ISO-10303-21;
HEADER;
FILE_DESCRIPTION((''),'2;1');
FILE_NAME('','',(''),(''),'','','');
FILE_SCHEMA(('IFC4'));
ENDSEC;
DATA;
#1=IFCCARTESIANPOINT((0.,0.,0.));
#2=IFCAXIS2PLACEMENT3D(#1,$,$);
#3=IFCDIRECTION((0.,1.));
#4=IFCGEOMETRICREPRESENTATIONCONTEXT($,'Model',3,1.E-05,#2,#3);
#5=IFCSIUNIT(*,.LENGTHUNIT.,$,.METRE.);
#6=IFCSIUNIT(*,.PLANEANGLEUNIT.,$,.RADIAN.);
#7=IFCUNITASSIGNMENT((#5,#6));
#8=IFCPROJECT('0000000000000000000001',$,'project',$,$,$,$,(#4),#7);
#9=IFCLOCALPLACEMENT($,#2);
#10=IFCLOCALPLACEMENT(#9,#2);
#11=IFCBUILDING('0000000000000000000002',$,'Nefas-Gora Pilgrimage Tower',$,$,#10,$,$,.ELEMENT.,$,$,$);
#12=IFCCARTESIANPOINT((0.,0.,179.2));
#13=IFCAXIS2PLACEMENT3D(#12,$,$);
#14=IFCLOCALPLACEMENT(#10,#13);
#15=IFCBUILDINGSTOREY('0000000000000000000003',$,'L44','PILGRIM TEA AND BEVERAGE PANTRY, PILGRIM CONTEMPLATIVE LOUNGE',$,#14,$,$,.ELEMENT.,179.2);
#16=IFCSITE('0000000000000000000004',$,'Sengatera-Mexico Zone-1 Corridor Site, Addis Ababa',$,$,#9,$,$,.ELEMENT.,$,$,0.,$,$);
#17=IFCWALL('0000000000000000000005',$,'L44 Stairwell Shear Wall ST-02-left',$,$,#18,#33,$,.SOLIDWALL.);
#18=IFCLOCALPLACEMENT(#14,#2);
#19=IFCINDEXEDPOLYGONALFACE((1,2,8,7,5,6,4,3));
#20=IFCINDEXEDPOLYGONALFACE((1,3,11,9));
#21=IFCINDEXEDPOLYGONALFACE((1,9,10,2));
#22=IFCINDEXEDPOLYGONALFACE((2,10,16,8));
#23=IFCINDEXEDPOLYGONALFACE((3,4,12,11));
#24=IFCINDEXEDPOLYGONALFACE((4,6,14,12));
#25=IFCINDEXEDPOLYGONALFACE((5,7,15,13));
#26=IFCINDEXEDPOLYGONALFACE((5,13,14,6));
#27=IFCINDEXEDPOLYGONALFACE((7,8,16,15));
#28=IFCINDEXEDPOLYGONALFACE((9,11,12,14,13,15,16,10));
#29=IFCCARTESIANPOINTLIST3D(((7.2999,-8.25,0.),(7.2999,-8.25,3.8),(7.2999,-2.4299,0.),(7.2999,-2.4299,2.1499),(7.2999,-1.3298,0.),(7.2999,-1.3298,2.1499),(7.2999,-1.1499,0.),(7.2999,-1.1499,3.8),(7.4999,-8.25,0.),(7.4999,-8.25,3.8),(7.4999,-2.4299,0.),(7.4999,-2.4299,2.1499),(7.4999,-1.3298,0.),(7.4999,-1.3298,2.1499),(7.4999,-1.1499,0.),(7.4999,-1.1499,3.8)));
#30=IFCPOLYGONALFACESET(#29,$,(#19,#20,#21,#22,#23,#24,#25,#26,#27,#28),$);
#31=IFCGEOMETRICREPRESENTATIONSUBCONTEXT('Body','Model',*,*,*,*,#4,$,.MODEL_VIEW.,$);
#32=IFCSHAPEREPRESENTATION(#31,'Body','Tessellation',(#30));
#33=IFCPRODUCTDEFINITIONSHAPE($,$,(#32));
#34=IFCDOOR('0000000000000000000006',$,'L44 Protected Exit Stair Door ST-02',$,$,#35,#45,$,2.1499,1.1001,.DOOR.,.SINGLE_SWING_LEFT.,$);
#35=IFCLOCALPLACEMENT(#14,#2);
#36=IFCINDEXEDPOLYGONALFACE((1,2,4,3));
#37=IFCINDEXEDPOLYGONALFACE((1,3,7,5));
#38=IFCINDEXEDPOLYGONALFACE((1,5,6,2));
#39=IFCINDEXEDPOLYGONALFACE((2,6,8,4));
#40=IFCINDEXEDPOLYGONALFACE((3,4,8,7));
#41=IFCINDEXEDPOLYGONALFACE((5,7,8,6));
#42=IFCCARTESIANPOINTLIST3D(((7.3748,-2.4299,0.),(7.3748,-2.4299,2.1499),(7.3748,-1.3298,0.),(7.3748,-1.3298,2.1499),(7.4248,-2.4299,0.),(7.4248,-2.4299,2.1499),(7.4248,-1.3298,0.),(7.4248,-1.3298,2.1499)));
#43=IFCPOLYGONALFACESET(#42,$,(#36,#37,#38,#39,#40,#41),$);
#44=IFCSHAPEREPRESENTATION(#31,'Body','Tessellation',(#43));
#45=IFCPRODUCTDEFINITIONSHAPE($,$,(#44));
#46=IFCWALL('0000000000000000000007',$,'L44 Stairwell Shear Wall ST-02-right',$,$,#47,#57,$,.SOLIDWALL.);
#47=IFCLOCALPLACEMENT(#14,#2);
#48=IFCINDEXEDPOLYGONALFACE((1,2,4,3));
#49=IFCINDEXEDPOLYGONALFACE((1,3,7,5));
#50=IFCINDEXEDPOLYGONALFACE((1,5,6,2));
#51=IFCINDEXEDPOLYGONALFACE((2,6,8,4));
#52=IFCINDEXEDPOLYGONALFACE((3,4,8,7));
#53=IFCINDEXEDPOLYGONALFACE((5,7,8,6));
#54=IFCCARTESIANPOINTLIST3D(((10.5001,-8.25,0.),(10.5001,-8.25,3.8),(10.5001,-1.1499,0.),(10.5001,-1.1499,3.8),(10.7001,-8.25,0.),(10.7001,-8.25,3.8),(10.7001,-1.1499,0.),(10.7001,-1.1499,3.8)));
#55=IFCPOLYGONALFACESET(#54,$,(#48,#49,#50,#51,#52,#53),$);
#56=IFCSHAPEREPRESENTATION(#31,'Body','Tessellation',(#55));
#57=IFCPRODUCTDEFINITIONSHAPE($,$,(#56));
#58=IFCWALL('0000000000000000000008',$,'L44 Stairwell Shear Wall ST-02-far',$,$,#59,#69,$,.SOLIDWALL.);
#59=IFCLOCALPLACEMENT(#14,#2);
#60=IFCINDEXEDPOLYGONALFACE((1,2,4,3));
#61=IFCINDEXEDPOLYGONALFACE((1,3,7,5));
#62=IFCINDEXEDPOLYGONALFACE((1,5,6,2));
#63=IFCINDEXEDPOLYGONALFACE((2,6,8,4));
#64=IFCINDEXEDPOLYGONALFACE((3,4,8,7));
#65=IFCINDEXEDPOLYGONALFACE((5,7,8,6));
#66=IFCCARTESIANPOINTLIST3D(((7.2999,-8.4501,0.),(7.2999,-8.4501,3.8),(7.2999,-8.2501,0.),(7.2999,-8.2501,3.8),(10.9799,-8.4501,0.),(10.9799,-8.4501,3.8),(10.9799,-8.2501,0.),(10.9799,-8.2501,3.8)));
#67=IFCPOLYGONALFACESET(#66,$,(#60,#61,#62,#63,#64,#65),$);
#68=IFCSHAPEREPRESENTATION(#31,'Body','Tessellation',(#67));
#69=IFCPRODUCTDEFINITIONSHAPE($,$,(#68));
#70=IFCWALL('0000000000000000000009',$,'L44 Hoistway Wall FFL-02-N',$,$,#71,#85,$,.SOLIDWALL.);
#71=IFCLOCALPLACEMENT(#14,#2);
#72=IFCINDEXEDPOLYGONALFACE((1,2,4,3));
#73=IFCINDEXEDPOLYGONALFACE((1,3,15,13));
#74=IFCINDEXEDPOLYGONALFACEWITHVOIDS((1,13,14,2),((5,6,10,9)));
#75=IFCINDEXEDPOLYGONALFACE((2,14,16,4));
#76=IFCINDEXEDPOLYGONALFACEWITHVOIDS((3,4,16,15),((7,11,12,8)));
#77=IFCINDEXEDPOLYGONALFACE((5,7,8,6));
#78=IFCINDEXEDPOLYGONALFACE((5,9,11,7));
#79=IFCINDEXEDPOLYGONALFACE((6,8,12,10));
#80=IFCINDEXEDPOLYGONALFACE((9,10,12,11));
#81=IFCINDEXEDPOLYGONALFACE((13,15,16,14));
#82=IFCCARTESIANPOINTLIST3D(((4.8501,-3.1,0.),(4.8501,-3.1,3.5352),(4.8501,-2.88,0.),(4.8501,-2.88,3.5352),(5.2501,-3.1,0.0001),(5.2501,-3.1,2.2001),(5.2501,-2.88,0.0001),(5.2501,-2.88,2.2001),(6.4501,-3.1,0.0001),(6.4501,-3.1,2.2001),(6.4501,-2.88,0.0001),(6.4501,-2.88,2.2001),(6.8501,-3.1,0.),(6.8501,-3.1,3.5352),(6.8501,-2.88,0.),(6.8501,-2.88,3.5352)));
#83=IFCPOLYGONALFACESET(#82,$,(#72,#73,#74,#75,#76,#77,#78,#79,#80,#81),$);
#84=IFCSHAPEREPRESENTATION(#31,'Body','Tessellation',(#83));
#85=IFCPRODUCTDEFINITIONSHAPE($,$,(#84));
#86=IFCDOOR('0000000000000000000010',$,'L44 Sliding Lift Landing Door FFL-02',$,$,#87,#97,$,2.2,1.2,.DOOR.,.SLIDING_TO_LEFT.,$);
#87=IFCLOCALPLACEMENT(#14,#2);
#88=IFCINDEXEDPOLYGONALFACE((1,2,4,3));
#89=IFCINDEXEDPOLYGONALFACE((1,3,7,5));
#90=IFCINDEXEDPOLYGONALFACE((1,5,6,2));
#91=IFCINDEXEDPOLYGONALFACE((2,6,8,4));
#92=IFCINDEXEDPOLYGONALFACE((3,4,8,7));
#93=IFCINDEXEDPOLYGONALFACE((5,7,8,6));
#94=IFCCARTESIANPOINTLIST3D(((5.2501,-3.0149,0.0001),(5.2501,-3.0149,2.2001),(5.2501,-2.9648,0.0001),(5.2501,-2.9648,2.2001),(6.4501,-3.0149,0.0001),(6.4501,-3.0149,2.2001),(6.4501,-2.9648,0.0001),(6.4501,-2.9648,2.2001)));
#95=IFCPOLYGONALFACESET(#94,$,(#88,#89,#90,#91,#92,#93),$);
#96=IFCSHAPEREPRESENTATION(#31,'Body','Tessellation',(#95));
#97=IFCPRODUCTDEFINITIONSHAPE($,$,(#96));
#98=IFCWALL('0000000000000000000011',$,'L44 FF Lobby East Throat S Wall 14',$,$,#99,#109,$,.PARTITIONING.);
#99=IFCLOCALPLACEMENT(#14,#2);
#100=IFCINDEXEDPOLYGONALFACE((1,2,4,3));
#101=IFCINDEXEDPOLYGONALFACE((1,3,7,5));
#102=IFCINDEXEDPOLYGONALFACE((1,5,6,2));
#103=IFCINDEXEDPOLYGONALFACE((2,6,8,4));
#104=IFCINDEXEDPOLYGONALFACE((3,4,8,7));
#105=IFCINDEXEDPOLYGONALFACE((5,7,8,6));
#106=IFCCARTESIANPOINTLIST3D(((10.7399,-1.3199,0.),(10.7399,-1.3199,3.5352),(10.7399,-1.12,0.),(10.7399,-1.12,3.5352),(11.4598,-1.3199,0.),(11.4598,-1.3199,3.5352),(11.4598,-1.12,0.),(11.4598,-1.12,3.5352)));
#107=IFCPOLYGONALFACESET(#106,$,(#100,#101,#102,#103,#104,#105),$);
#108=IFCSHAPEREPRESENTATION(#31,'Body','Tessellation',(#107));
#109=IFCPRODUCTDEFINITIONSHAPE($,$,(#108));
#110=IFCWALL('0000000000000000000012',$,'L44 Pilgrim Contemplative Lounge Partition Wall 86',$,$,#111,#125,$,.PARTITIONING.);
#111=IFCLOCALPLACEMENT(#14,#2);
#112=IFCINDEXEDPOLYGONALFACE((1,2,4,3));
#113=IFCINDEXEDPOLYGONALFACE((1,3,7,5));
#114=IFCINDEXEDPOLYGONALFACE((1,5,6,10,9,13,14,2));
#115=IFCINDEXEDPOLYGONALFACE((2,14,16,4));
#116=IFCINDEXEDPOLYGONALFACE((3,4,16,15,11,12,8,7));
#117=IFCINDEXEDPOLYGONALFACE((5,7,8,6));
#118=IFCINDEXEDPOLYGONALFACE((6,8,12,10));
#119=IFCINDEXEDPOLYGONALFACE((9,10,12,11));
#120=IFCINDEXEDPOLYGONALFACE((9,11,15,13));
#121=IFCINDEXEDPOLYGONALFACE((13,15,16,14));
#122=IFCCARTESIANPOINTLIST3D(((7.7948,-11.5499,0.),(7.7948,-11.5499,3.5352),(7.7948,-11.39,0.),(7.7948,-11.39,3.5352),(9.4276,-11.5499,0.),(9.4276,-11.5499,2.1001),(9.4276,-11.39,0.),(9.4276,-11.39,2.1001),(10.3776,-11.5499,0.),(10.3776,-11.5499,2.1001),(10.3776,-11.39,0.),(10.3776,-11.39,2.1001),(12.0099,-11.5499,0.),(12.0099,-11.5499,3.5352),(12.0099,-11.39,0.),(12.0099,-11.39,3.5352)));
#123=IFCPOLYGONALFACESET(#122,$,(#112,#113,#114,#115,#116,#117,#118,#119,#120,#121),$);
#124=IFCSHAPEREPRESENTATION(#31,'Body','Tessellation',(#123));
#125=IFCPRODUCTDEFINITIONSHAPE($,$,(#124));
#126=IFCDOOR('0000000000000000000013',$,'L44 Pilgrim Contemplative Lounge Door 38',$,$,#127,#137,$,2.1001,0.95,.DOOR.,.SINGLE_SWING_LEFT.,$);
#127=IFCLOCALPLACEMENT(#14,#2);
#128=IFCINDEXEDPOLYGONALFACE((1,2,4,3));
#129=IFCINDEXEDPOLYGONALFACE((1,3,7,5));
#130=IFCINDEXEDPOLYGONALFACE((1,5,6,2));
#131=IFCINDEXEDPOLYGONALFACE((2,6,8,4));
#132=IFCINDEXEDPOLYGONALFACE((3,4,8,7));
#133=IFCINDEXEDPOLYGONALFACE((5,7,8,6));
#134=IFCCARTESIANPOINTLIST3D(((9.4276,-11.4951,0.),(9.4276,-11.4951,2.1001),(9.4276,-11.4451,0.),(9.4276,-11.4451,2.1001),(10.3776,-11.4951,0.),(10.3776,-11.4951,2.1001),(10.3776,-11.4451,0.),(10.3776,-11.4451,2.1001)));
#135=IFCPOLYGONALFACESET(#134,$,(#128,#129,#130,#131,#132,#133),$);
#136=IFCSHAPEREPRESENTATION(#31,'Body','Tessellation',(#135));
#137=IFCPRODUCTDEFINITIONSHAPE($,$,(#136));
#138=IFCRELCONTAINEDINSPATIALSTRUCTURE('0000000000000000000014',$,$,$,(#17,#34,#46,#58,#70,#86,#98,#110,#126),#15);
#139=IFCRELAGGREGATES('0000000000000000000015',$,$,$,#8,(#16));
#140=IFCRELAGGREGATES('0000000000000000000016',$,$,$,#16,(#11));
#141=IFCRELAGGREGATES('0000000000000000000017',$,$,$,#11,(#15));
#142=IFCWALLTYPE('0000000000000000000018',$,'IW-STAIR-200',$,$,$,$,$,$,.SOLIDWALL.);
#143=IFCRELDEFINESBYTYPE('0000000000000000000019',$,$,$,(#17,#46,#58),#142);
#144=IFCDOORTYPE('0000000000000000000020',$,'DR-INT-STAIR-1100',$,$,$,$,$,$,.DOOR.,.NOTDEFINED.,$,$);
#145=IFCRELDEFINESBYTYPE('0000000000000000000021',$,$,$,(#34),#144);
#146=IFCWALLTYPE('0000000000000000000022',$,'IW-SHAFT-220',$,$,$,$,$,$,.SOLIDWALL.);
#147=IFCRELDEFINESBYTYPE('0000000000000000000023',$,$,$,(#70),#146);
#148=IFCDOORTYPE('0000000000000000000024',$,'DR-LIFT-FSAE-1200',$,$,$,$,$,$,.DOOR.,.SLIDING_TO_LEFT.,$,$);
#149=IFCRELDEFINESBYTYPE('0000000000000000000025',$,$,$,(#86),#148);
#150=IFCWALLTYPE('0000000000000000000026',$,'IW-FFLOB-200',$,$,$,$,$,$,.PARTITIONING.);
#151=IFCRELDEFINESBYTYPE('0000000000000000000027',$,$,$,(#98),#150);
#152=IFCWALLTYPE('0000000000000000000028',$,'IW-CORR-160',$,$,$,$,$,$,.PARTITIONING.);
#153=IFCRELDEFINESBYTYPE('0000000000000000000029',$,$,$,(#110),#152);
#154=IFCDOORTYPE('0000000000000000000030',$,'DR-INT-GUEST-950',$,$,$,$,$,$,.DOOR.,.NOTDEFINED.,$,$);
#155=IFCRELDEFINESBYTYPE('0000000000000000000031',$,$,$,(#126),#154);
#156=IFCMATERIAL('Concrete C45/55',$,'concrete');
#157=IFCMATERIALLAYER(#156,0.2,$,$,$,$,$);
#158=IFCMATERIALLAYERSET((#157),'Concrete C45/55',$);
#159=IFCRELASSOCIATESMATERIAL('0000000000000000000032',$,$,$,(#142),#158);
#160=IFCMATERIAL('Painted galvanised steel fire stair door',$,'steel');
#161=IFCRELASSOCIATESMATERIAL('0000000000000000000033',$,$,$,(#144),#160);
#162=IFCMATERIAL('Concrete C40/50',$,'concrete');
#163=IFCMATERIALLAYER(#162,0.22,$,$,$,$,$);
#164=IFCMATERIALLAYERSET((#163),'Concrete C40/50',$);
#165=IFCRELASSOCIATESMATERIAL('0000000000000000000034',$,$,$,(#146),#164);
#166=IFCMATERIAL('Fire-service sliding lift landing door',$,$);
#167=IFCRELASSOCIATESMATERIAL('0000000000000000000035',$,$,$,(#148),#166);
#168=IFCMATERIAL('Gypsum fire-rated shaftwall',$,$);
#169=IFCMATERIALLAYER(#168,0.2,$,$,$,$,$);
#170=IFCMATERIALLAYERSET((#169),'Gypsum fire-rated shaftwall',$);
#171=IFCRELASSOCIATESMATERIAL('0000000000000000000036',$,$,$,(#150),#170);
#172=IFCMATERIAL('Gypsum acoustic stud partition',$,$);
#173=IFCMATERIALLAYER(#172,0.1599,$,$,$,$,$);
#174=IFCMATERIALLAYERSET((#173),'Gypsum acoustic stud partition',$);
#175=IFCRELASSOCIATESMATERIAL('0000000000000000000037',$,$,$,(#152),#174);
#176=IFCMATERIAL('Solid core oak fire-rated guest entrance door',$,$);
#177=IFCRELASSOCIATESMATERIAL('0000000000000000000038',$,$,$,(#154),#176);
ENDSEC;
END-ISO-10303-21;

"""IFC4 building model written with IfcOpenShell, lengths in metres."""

from ifc_helpers import new_model, si_unit, direction, frame, frame_2d, origin, place, context, subcontext, project, spatial, rectangle, extrude, source, transform, mapped, material, layer, layer_set, type_object, element, fill, save


model = new_model("IFC4")

# Units and contexts
model_context = context("Model", 3, precision=1e-05, world=origin(), true_north=direction((0.0, 1.0)))
body_context = subcontext(model_context, "Body", "Model", "MODEL_VIEW")
ifc_project = project(units=[si_unit("LENGTHUNIT", "METRE"), si_unit("PLANEANGLEUNIT", "RADIAN")], contexts=[model_context])

# Site, building, storey
site_placement = place(None, origin())
site = spatial("IfcSite", under=ifc_project, at=site_placement, Name="Sengatera-Mexico Zone-1 Corridor Site, Addis Ababa", CompositionType="ELEMENT", RefElevation=0.0)
building_placement = place(site_placement, origin())
building = spatial("IfcBuilding", under=site, at=building_placement, Name="Nefas-Gora Pilgrimage Tower", CompositionType="ELEMENT")
storey_placement = place(building_placement, frame((0.0, 0.0, 179.2)))
storey = spatial("IfcBuildingStorey", under=building, at=storey_placement, Name="L44", Description="PILGRIM TEA AND BEVERAGE PANTRY, PILGRIM CONTEMPLATIVE LOUNGE", CompositionType="ELEMENT", Elevation=179.2)

# Wall, opening, door
ifc_material_1 = material(Name="Concrete C45/55", Category="concrete")
ifc_layer_1 = layer(ifc_material_1, 0.2)
ifc_layer_set_1 = layer_set([ifc_layer_1], Name="Concrete C45/55")
wall_type_1 = type_object("IfcWallType", Name="IW-STAIR-200", PredefinedType="SOLIDWALL", material=ifc_layer_set_1)
shared_shape_1 = source(origin(), body_context, "Body", "SweptSolid", [
    extrude(rectangle(XDim=7.1001, YDim=0.2, at=frame_2d((3.55, 0.0))), origin(), (0.0, 0.0, 1.0), 3.8),
])
wall_1_placement = place(storey_placement, frame((7.3999, -1.1499, 0.0), z_axis=(0.0, 0.0, 1.0), x_axis=(0.0, -1.0, 0.0)))
wall_1 = element("IfcWall", 1, at=wall_1_placement, inside=storey, type_object=wall_type_1, Name="L44 Stairwell Shear Wall ST-02-left", PredefinedType="SOLIDWALL", context=body_context, shape_type="MappedRepresentation", body=[
    mapped(shared_shape_1, transform((0.0, 0.0, 0.0), x_axis=(1.0, 0.0, 0.0), y_axis=(0.0, 1.0, 0.0), z_axis=(0.0, 0.0, 1.0), scale=1.0)),
])
opening_1_placement = place(wall_1_placement, frame((0.1799, 0.0, 0.0)))
opening_1 = element("IfcOpeningElement", 2, at=opening_1_placement, cuts=wall_1, PredefinedType="OPENING", context=body_context, shape_type="SweptSolid", body=[
    extrude(rectangle(XDim=1.1001, YDim=2.1499, at=frame_2d((0.55, 1.075))), frame((0.0, 0.1099, 0.0), z_axis=(0.0, -1.0, 0.0), x_axis=(1.0, 0.0, 0.0)), (0.0, 0.0, 1.0), 0.22),
])
ifc_material_2 = material(Name="Painted galvanised steel fire stair door", Category="steel")
door_type_1 = type_object("IfcDoorType", Name="DR-INT-STAIR-1100", OperationType="NOTDEFINED", PredefinedType="DOOR", material=ifc_material_2)
shared_shape_2 = source(origin(), body_context, "Body", "SweptSolid", [
    extrude(rectangle(XDim=1.1001, YDim=2.1499, at=frame_2d((0.55, 1.075))), frame((0.0, 0.0249, 0.0), z_axis=(0.0, -1.0, 0.0), x_axis=(1.0, 0.0, 0.0)), (0.0, 0.0, 1.0), 0.05),
])
door_1_placement = place(opening_1_placement, origin())
door_1 = element("IfcDoor", 3, at=door_1_placement, inside=storey, type_object=door_type_1, Name="L44 Protected Exit Stair Door ST-02", OperationType="SINGLE_SWING_LEFT", OverallHeight=2.1499, OverallWidth=1.1001, PredefinedType="DOOR", context=body_context, shape_type="MappedRepresentation", body=[
    mapped(shared_shape_2, transform((0.0, 0.0, 0.0), x_axis=(1.0, 0.0, 0.0), y_axis=(0.0, 1.0, 0.0), z_axis=(0.0, 0.0, 1.0), scale=1.0)),
])
fill(opening_1, door_1)

# Walls
wall_2_placement = place(storey_placement, frame((10.6001, -1.1499, 0.0), z_axis=(0.0, 0.0, 1.0), x_axis=(0.0, -1.0, 0.0)))
element("IfcWall", 4, at=wall_2_placement, inside=storey, type_object=wall_type_1, Name="L44 Stairwell Shear Wall ST-02-right", PredefinedType="SOLIDWALL", context=body_context, shape_type="MappedRepresentation", body=[
    mapped(shared_shape_1, transform((0.0, 0.0, 0.0), x_axis=(1.0, 0.0, 0.0), y_axis=(0.0, 1.0, 0.0), z_axis=(0.0, 0.0, 1.0), scale=1.0)),
])
shared_shape_3 = source(origin(), body_context, "Body", "SweptSolid", [
    extrude(rectangle(XDim=3.6799, YDim=0.2, at=frame_2d((1.8398, 0.0))), origin(), (0.0, 0.0, 1.0), 3.8),
])
wall_3_placement = place(storey_placement, frame((7.3, -8.3501, 0.0), z_axis=(0.0, 0.0, 1.0), x_axis=(1.0, 0.0, 0.0)))
element("IfcWall", 5, at=wall_3_placement, inside=storey, type_object=wall_type_1, Name="L44 Stairwell Shear Wall ST-02-far", PredefinedType="SOLIDWALL", context=body_context, shape_type="MappedRepresentation", body=[
    mapped(shared_shape_3, transform((0.0, 0.0, 0.0), x_axis=(1.0, 0.0, 0.0), y_axis=(0.0, 1.0, 0.0), z_axis=(0.0, 0.0, 1.0), scale=1.0)),
])

# Wall, opening, door
ifc_material_3 = material(Name="Concrete C40/50", Category="concrete")
ifc_layer_2 = layer(ifc_material_3, 0.22)
ifc_layer_set_2 = layer_set([ifc_layer_2], Name="Concrete C40/50")
wall_type_2 = type_object("IfcWallType", Name="IW-SHAFT-220", PredefinedType="SOLIDWALL", material=ifc_layer_set_2)
shared_shape_4 = source(origin(), body_context, "Body", "SweptSolid", [
    extrude(rectangle(XDim=2.0, YDim=0.22, at=frame_2d((1.0, 0.0))), origin(), (0.0, 0.0, 1.0), 3.5352),
])
wall_4_placement = place(storey_placement, frame((6.8501, -2.99, 0.0), z_axis=(0.0, 0.0, 1.0), x_axis=(-1.0, 0.0, 0.0)))
wall_4 = element("IfcWall", 6, at=wall_4_placement, inside=storey, type_object=wall_type_2, Name="L44 Hoistway Wall FFL-02-N", PredefinedType="SOLIDWALL", context=body_context, shape_type="MappedRepresentation", body=[
    mapped(shared_shape_4, transform((0.0, 0.0, 0.0), x_axis=(1.0, 0.0, 0.0), y_axis=(0.0, 1.0, 0.0), z_axis=(0.0, 0.0, 1.0), scale=1.0)),
])
opening_2_placement = place(wall_4_placement, frame((0.3999, 0.0, 0.0)))
opening_2 = element("IfcOpeningElement", 7, at=opening_2_placement, cuts=wall_4, PredefinedType="OPENING", context=body_context, shape_type="SweptSolid", body=[
    extrude(rectangle(XDim=1.2, YDim=2.2, at=frame_2d((0.6001, 1.1001))), frame((0.0, 0.1199, 0.0), z_axis=(0.0, -1.0, 0.0), x_axis=(1.0, 0.0, 0.0)), (0.0, 0.0, 1.0), 0.24),
])
ifc_material_4 = material(Name="Fire-service sliding lift landing door")
door_type_2 = type_object("IfcDoorType", Name="DR-LIFT-FSAE-1200", OperationType="SLIDING_TO_LEFT", PredefinedType="DOOR", material=ifc_material_4)
shared_shape_5 = source(origin(), body_context, "Body", "SweptSolid", [
    extrude(rectangle(XDim=1.2, YDim=2.2, at=frame_2d((0.6001, 1.1001))), frame((0.0, 0.0249, 0.0), z_axis=(0.0, -1.0, 0.0), x_axis=(1.0, 0.0, 0.0)), (0.0, 0.0, 1.0), 0.05),
])
door_2_placement = place(opening_2_placement, origin())
door_2 = element("IfcDoor", 8, at=door_2_placement, inside=storey, type_object=door_type_2, Name="L44 Sliding Lift Landing Door FFL-02", OperationType="SLIDING_TO_LEFT", OverallHeight=2.2, OverallWidth=1.2, PredefinedType="DOOR", context=body_context, shape_type="MappedRepresentation", body=[
    mapped(shared_shape_5, transform((0.0, 0.0, 0.0), x_axis=(1.0, 0.0, 0.0), y_axis=(0.0, 1.0, 0.0), z_axis=(0.0, 0.0, 1.0), scale=1.0)),
])
fill(opening_2, door_2)

# Wall
ifc_material_5 = material(Name="Gypsum fire-rated shaftwall")
ifc_layer_3 = layer(ifc_material_5, 0.2)
ifc_layer_set_3 = layer_set([ifc_layer_3], Name="Gypsum fire-rated shaftwall")
wall_type_3 = type_object("IfcWallType", Name="IW-FFLOB-200", PredefinedType="PARTITIONING", material=ifc_layer_set_3)
shared_shape_6 = source(origin(), body_context, "Body", "SweptSolid", [
    extrude(rectangle(XDim=0.72, YDim=0.2, at=frame_2d((0.3599, 0.0))), origin(), (0.0, 0.0, 1.0), 3.5352),
])
wall_5_placement = place(storey_placement, frame((10.74, -1.22, 0.0), z_axis=(0.0, 0.0, 1.0), x_axis=(1.0, 0.0, 0.0)))
element("IfcWall", 9, at=wall_5_placement, inside=storey, type_object=wall_type_3, Name="L44 FF Lobby East Throat S Wall 14", PredefinedType="PARTITIONING", context=body_context, shape_type="MappedRepresentation", body=[
    mapped(shared_shape_6, transform((0.0, 0.0, 0.0), x_axis=(1.0, 0.0, 0.0), y_axis=(0.0, 1.0, 0.0), z_axis=(0.0, 0.0, 1.0), scale=1.0)),
])

# Wall, opening, door
ifc_material_6 = material(Name="Gypsum acoustic stud partition")
ifc_layer_4 = layer(ifc_material_6, 0.1599)
ifc_layer_set_4 = layer_set([ifc_layer_4], Name="Gypsum acoustic stud partition")
wall_type_4 = type_object("IfcWallType", Name="IW-CORR-160", PredefinedType="PARTITIONING", material=ifc_layer_set_4)
shared_shape_7 = source(origin(), body_context, "Body", "SweptSolid", [
    extrude(rectangle(XDim=4.2151, YDim=0.1599, at=frame_2d((2.1074, 0.0))), origin(), (0.0, 0.0, 1.0), 3.5352),
])
wall_6_placement = place(storey_placement, frame((7.7949, -11.47, 0.0), z_axis=(0.0, 0.0, 1.0), x_axis=(1.0, 0.0, 0.0)))
wall_6 = element("IfcWall", 10, at=wall_6_placement, inside=storey, type_object=wall_type_4, Name="L44 Pilgrim Contemplative Lounge Partition Wall 86", PredefinedType="PARTITIONING", context=body_context, shape_type="MappedRepresentation", body=[
    mapped(shared_shape_7, transform((0.0, 0.0, 0.0), x_axis=(1.0, 0.0, 0.0), y_axis=(0.0, 1.0, 0.0), z_axis=(0.0, 0.0, 1.0), scale=1.0)),
])
opening_3_placement = place(wall_6_placement, frame((1.6326, 0.0, 0.0)))
opening_3 = element("IfcOpeningElement", 11, at=opening_3_placement, cuts=wall_6, PredefinedType="OPENING", context=body_context, shape_type="SweptSolid", body=[
    extrude(rectangle(XDim=0.95, YDim=2.1001, at=frame_2d((0.4751, 1.05))), frame((0.0, 0.0898, 0.0), z_axis=(0.0, -1.0, 0.0), x_axis=(1.0, 0.0, 0.0)), (0.0, 0.0, 1.0), 0.1799),
])
ifc_material_7 = material(Name="Solid core oak fire-rated guest entrance door")
door_type_3 = type_object("IfcDoorType", Name="DR-INT-GUEST-950", OperationType="NOTDEFINED", PredefinedType="DOOR", material=ifc_material_7)
shared_shape_8 = source(origin(), body_context, "Body", "SweptSolid", [
    extrude(rectangle(XDim=0.95, YDim=2.1001, at=frame_2d((0.4751, 1.05))), frame((0.0, 0.0249, 0.0), z_axis=(0.0, -1.0, 0.0), x_axis=(1.0, 0.0, 0.0)), (0.0, 0.0, 1.0), 0.05),
])
door_3_placement = place(opening_3_placement, origin())
door_3 = element("IfcDoor", 12, at=door_3_placement, inside=storey, type_object=door_type_3, Name="L44 Pilgrim Contemplative Lounge Door 38", OperationType="SINGLE_SWING_LEFT", OverallHeight=2.1001, OverallWidth=0.95, PredefinedType="DOOR", context=body_context, shape_type="MappedRepresentation", body=[
    mapped(shared_shape_8, transform((0.0, 0.0, 0.0), x_axis=(1.0, 0.0, 0.0), y_axis=(0.0, 1.0, 0.0), z_axis=(0.0, 0.0, 1.0), scale=1.0)),
])
fill(opening_3, door_3)

save(model, "model.ifc")
